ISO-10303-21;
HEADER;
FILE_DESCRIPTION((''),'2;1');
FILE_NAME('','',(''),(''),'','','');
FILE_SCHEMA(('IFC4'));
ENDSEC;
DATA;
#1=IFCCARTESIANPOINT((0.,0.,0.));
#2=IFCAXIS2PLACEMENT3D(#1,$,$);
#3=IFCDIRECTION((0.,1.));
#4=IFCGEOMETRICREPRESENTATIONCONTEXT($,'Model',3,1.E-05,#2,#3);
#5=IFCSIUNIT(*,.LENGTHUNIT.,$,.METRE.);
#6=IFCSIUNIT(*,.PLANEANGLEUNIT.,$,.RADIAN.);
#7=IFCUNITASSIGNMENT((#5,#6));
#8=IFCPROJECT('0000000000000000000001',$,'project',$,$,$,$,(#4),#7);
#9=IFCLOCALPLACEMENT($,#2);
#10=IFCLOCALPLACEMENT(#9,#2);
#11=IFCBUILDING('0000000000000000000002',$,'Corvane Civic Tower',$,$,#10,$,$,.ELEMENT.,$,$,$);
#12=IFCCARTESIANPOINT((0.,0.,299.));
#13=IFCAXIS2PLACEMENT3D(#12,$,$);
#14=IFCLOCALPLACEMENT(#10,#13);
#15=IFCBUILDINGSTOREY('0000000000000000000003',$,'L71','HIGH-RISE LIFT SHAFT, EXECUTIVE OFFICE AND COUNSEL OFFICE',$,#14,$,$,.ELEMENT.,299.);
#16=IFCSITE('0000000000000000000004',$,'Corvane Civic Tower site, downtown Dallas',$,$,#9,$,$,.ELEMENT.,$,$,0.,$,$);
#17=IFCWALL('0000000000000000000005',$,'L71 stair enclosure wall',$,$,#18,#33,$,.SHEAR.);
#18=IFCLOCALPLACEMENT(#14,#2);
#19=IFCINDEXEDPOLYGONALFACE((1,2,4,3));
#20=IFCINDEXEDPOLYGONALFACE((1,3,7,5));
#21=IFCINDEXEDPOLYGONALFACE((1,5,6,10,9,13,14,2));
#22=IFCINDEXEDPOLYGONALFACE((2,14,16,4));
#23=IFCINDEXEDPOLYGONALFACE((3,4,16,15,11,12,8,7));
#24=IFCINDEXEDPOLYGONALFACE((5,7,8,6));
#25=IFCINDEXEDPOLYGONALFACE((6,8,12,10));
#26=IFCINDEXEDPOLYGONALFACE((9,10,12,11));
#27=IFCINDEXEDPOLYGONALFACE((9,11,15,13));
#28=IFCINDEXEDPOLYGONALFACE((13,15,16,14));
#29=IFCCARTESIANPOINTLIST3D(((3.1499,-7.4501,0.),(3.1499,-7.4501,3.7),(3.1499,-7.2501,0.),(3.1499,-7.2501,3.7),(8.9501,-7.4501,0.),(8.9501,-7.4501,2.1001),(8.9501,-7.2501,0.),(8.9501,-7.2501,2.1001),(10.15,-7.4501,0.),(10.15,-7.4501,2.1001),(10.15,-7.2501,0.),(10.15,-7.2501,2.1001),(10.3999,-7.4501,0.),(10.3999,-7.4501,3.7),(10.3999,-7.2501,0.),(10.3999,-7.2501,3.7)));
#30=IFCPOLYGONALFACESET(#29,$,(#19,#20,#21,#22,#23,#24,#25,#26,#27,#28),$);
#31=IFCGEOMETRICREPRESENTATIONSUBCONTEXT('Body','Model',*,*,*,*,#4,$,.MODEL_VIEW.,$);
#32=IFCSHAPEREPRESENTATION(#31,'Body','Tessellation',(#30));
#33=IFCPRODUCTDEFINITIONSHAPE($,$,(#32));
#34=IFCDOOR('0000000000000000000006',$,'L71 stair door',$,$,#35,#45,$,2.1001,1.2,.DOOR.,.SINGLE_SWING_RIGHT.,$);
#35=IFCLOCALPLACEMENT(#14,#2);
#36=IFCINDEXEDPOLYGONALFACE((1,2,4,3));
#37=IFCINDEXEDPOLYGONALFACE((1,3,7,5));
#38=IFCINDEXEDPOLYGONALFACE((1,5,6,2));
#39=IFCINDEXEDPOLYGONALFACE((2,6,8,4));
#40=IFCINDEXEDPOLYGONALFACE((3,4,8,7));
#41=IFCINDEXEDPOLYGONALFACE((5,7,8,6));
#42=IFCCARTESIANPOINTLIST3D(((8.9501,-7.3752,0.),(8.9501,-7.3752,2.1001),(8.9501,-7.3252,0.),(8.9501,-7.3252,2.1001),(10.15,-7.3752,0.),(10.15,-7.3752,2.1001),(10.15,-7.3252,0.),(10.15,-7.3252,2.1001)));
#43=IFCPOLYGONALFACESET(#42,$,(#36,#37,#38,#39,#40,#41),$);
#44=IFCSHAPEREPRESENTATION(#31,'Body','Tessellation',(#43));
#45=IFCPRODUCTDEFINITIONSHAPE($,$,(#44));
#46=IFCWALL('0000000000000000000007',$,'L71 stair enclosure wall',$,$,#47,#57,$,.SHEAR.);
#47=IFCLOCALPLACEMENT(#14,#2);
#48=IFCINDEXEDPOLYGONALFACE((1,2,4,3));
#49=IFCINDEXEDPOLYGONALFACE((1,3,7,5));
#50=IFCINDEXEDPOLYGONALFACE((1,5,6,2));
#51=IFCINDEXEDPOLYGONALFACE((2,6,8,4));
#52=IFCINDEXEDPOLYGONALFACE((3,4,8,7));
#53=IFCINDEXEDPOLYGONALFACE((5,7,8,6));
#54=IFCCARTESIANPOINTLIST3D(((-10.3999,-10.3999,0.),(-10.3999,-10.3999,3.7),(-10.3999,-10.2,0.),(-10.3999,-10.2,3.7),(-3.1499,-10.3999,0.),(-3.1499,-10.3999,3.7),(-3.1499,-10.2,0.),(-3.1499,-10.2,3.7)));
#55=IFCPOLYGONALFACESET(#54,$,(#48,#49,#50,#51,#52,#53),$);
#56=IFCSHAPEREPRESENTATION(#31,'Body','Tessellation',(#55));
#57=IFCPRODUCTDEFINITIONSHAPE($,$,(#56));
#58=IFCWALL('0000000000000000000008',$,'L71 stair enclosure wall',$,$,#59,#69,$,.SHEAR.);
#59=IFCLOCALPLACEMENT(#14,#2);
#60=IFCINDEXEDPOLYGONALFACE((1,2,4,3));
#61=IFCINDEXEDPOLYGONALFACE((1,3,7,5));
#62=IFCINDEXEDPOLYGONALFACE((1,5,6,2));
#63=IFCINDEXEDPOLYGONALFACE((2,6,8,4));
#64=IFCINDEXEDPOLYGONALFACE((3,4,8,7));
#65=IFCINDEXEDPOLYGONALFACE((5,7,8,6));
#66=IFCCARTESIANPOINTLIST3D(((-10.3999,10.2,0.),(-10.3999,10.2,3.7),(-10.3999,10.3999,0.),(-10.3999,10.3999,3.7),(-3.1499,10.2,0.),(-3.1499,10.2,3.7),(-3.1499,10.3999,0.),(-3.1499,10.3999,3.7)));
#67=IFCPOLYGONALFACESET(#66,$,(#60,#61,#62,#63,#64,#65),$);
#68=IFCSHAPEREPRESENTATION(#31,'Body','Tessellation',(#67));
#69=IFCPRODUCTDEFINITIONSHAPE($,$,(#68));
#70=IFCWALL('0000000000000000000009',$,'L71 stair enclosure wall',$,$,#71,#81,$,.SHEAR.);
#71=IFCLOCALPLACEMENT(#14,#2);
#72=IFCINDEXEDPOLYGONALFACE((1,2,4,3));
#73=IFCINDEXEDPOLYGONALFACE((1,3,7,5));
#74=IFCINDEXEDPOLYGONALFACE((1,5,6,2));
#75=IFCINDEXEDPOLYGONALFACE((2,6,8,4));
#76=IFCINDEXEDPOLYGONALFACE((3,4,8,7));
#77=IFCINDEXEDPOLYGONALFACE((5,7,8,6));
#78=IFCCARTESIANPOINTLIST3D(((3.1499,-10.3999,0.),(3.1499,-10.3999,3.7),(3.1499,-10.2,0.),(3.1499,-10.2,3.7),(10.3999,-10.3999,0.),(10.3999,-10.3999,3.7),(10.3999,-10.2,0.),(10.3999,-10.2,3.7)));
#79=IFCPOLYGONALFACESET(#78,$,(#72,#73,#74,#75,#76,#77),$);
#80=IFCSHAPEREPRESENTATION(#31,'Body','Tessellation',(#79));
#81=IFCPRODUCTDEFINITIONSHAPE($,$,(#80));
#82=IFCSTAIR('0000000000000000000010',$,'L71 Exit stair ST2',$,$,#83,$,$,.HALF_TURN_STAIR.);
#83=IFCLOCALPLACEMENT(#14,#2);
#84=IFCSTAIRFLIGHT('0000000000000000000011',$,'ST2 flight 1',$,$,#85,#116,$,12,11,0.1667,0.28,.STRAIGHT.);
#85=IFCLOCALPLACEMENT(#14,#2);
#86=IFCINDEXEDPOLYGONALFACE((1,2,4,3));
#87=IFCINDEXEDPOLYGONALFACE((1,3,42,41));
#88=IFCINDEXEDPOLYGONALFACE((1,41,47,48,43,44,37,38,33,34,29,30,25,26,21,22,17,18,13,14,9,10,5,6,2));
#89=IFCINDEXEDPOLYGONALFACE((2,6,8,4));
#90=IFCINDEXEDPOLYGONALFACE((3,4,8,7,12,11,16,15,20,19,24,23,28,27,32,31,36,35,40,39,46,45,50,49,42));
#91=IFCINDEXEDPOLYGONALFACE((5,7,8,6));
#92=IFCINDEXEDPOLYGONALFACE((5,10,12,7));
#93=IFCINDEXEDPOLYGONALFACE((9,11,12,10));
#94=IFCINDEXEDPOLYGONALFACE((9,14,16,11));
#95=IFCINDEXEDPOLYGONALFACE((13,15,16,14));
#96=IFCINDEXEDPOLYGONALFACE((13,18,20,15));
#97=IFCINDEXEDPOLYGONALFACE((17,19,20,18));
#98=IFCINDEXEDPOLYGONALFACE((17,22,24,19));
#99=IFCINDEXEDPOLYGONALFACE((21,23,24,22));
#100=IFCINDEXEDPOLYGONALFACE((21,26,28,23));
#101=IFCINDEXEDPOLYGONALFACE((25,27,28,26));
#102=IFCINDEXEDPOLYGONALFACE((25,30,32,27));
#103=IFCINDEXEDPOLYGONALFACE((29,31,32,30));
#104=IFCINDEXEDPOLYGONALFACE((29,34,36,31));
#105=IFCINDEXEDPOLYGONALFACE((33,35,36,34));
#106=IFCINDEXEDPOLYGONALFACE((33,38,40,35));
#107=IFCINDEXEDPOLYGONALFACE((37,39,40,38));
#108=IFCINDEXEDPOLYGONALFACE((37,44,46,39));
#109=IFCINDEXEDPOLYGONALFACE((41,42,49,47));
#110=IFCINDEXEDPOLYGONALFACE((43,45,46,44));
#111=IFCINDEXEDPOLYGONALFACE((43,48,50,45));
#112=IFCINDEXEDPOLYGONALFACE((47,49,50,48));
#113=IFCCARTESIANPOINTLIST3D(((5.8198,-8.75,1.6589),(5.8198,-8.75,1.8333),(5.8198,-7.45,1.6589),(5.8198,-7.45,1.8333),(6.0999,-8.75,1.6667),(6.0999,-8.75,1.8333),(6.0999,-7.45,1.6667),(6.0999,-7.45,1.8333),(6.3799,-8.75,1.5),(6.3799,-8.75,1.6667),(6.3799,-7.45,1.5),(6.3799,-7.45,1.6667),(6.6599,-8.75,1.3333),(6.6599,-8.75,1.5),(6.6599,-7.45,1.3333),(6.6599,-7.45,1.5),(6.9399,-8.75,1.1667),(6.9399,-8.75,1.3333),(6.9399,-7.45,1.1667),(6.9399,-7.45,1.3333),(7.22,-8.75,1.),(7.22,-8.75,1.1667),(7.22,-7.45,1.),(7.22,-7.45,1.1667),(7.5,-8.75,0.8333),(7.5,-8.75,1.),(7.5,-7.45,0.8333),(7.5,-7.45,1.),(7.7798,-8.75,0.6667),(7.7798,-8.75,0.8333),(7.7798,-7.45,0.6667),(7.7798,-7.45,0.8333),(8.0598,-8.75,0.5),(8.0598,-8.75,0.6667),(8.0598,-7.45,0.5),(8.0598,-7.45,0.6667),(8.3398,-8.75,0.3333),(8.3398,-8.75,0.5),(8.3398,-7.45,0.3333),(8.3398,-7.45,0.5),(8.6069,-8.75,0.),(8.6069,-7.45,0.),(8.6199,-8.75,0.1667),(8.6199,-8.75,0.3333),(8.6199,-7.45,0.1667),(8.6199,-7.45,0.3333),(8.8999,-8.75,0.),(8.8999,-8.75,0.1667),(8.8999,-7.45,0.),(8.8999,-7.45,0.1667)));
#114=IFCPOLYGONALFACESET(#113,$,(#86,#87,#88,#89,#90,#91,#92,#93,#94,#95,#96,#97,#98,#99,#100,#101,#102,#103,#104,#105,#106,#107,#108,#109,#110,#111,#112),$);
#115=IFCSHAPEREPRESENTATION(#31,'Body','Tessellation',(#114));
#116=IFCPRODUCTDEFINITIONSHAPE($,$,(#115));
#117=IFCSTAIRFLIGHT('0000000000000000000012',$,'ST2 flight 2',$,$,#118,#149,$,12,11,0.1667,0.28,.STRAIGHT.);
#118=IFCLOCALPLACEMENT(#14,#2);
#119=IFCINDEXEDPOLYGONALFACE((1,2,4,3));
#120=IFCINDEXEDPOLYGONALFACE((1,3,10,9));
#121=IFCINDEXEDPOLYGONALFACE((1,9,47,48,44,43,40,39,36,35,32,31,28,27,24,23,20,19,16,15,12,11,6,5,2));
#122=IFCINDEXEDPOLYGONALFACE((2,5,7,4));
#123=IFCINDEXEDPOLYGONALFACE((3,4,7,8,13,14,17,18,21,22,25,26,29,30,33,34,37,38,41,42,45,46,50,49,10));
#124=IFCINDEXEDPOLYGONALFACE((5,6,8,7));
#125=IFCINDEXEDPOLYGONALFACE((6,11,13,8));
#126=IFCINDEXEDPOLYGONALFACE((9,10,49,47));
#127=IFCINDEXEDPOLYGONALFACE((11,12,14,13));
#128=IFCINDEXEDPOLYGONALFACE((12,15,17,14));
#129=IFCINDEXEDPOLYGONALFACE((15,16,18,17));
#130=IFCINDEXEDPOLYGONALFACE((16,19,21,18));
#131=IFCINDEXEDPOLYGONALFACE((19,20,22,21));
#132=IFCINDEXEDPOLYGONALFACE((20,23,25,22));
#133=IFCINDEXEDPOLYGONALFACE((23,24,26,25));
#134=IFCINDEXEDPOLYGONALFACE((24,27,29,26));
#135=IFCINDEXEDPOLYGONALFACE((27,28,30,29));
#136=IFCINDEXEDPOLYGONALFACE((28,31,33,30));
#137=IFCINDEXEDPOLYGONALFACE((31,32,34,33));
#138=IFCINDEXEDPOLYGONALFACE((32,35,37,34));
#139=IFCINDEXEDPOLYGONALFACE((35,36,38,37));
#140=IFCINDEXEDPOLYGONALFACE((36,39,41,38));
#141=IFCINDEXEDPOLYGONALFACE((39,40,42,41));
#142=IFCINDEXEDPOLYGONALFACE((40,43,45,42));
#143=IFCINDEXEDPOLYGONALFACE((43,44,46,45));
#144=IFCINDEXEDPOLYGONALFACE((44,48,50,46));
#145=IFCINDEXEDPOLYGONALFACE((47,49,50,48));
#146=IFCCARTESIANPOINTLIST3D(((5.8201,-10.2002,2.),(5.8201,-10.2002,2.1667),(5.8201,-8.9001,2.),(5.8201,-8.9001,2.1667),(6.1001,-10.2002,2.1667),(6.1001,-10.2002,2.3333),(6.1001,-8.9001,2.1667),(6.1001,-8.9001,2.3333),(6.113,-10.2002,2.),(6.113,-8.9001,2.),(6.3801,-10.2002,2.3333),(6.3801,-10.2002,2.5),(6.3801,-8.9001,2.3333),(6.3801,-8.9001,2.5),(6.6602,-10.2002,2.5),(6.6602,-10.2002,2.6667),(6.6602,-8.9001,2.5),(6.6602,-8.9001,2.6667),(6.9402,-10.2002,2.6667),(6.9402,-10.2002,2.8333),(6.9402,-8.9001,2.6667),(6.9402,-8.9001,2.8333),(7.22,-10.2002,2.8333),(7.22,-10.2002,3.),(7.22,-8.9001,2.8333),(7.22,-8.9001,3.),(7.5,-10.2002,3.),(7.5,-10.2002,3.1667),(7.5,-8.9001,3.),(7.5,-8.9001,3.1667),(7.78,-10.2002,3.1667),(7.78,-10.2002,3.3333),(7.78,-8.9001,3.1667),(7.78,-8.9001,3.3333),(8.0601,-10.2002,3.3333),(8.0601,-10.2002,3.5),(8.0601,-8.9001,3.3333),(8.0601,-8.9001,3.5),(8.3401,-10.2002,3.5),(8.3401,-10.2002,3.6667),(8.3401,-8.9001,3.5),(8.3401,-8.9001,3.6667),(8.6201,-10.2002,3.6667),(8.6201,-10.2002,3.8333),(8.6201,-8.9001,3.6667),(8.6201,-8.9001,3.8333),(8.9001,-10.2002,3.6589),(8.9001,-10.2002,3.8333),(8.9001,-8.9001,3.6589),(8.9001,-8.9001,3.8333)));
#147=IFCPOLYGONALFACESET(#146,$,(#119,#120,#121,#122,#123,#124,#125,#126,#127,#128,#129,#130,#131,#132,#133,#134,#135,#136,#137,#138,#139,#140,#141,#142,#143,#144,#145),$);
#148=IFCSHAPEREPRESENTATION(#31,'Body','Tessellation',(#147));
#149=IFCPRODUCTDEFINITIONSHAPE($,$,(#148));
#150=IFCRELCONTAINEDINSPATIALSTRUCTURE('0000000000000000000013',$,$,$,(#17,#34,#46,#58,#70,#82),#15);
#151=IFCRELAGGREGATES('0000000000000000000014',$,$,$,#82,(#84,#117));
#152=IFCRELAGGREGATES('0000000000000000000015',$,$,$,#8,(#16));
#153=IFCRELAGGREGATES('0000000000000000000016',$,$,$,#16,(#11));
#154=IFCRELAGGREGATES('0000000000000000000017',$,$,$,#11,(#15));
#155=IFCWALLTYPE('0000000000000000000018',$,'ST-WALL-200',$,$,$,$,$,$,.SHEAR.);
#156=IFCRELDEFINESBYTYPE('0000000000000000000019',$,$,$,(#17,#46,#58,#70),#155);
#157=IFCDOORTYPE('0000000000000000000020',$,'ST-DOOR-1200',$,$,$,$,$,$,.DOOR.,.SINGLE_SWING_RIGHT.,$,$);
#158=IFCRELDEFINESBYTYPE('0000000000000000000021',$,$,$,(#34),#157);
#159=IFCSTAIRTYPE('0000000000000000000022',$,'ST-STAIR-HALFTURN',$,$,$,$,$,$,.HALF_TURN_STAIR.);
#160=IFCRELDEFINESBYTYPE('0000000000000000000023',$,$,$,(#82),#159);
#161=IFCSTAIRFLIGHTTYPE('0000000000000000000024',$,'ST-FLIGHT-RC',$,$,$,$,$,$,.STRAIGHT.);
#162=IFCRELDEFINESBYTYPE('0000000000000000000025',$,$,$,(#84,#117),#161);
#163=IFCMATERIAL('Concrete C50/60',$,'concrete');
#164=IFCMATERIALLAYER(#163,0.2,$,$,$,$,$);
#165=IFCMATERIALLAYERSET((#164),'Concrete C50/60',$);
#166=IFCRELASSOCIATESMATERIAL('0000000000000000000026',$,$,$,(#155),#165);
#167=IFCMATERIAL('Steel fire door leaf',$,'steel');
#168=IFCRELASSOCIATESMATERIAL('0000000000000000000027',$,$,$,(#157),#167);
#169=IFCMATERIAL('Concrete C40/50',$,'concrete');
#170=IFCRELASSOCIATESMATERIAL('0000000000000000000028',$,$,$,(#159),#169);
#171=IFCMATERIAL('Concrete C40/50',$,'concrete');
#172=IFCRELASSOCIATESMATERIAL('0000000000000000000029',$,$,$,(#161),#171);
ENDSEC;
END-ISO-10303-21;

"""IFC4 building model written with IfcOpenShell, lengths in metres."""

from ifc_helpers import new_model, si_unit, direction, frame, frame_2d, origin, place, context, subcontext, project, spatial, polyline, rectangle, outline, extrude, material, layer, layer_set, type_object, element, fill, aggregate, save


model = new_model("IFC4")

# Units and contexts
model_context = context("Model", 3, precision=1e-05, world=origin(), true_north=direction((0.0, 1.0)))
body_context = subcontext(model_context, "Body", "Model", "MODEL_VIEW")
ifc_project = project(units=[si_unit("LENGTHUNIT", "METRE"), si_unit("PLANEANGLEUNIT", "RADIAN")], contexts=[model_context])

# Site, building, storey
site_placement = place(None, origin())
site = spatial("IfcSite", under=ifc_project, at=site_placement, Name="Corvane Civic Tower site, downtown Dallas", CompositionType="ELEMENT", RefElevation=0.0)
building_placement = place(site_placement, origin())
building = spatial("IfcBuilding", under=site, at=building_placement, Name="Corvane Civic Tower", CompositionType="ELEMENT")
storey_placement = place(building_placement, frame((0.0, 0.0, 299.0)))
storey = spatial("IfcBuildingStorey", under=building, at=storey_placement, Name="L71", Description="HIGH-RISE LIFT SHAFT, EXECUTIVE OFFICE AND COUNSEL OFFICE", CompositionType="ELEMENT", Elevation=299.0)

# Wall, opening, door
ifc_material_1 = material(Name="Concrete C50/60", Category="concrete")
ifc_layer_1 = layer(ifc_material_1, 0.2)
ifc_layer_set_1 = layer_set([ifc_layer_1], Name="Concrete C50/60")
wall_type_1 = type_object("IfcWallType", Name="ST-WALL-200", PredefinedType="SHEAR", material=ifc_layer_set_1)
wall_1_placement = place(storey_placement, frame((3.1499, -7.3501, 0.0), z_axis=(0.0, 0.0, 1.0), x_axis=(1.0, 0.0, 0.0)))
wall_1 = element("IfcWall", 1, at=wall_1_placement, inside=storey, type_object=wall_type_1, Name="L71 stair enclosure wall", PredefinedType="SHEAR", context=body_context, shape_type="SweptSolid", body=[
    extrude(rectangle(XDim=7.25, YDim=0.2, at=frame_2d((3.625, 0.0))), origin(), (0.0, 0.0, 1.0), 3.7),
])
opening_1_placement = place(wall_1_placement, frame((5.8, 0.0, 0.0)))
opening_1 = element("IfcOpeningElement", 2, at=opening_1_placement, cuts=wall_1, PredefinedType="OPENING", context=body_context, shape_type="SweptSolid", body=[
    extrude(rectangle(XDim=1.2, YDim=2.1001, at=frame_2d((0.6001, 1.05))), frame((0.0, 0.1099, 0.0), z_axis=(0.0, -1.0, 0.0), x_axis=(1.0, 0.0, 0.0)), (0.0, 0.0, 1.0), 0.22),
])
ifc_material_2 = material(Name="Steel fire door leaf", Category="steel")
door_type_1 = type_object("IfcDoorType", Name="ST-DOOR-1200", OperationType="SINGLE_SWING_RIGHT", PredefinedType="DOOR", material=ifc_material_2)
door_1_placement = place(opening_1_placement, origin())
door_1 = element("IfcDoor", 3, at=door_1_placement, inside=storey, type_object=door_type_1, Name="L71 stair door", OperationType="SINGLE_SWING_RIGHT", OverallHeight=2.1001, OverallWidth=1.2, PredefinedType="DOOR", context=body_context, shape_type="SweptSolid", body=[
    extrude(rectangle(XDim=1.2, YDim=2.1001, at=frame_2d((0.6001, 1.05))), frame((0.0, 0.0249, 0.0), z_axis=(0.0, -1.0, 0.0), x_axis=(1.0, 0.0, 0.0)), (0.0, 0.0, 1.0), 0.05),
])
fill(opening_1, door_1)

# Walls
wall_2_placement = place(storey_placement, origin())
element("IfcWall", 4, at=wall_2_placement, inside=storey, type_object=wall_type_1, Name="L71 stair enclosure wall", PredefinedType="SHEAR", context=body_context, shape_type="SweptSolid", body=[
    extrude(outline(polyline([(-3.1499, -10.2), (-3.1499, -10.3999), (-10.3999, -10.3999), (-10.3999, -10.2), (-3.1499, -10.2)])), origin(), (0.0, 0.0, 1.0), 3.7),
])
wall_3_placement = place(storey_placement, origin())
element("IfcWall", 5, at=wall_3_placement, inside=storey, type_object=wall_type_1, Name="L71 stair enclosure wall", PredefinedType="SHEAR", context=body_context, shape_type="SweptSolid", body=[
    extrude(outline(polyline([(-3.1499, 10.2), (-10.3999, 10.2), (-10.3999, 10.3999), (-3.1499, 10.3999), (-3.1499, 10.2)])), origin(), (0.0, 0.0, 1.0), 3.7),
])
wall_4_placement = place(storey_placement, origin())
element("IfcWall", 6, at=wall_4_placement, inside=storey, type_object=wall_type_1, Name="L71 stair enclosure wall", PredefinedType="SHEAR", context=body_context, shape_type="SweptSolid", body=[
    extrude(outline(polyline([(10.3999, -10.3999), (3.1499, -10.3999), (3.1499, -10.2), (10.3999, -10.2), (10.3999, -10.3999)])), origin(), (0.0, 0.0, 1.0), 3.7),
])

# Stair, stair flights
ifc_material_3 = material(Name="Concrete C40/50", Category="concrete")
stair_type = type_object("IfcStairType", Name="ST-STAIR-HALFTURN", PredefinedType="HALF_TURN_STAIR", material=ifc_material_3)
stair_placement = place(storey_placement, origin())
stair = element("IfcStair", 7, at=stair_placement, inside=storey, type_object=stair_type, Name="L71 Exit stair ST2", PredefinedType="HALF_TURN_STAIR")
ifc_material_4 = material(Name="Concrete C40/50", Category="concrete")
stair_flight_type = type_object("IfcStairFlightType", Name="ST-FLIGHT-RC", PredefinedType="STRAIGHT", material=ifc_material_4)
stair_flight_1_placement = place(storey_placement, frame((8.8999, -8.1001, 0.0), z_axis=(0.0, 0.0, 1.0), x_axis=(-1.0, 0.0, 0.0)))
stair_flight_1 = element("IfcStairFlight", 8, at=stair_flight_1_placement, type_object=stair_flight_type, Name="ST2 flight 1", NumberOfRisers=12, NumberOfTreads=11, PredefinedType="STRAIGHT", RiserHeight=0.1667, TreadLength=0.28, context=body_context, shape_type="SweptSolid", body=[
    extrude(outline(polyline([(0.0, 0.0), (0.0, 0.1667), (0.28, 0.1667), (0.28, 0.3333), (0.5601, 0.3333), (0.5601, 0.5), (0.8401, 0.5), (0.8401, 0.6667), (1.1201, 0.6667), (1.1201, 0.8333), (1.3999, 0.8333), (1.3999, 1.0), (1.6799, 1.0), (1.6799, 1.1667), (1.96, 1.1667), (1.96, 1.3333), (2.24, 1.3333), (2.24, 1.5), (2.52, 1.5), (2.52, 1.6667), (2.8, 1.6667), (2.8, 1.8333), (3.0801, 1.8333), (3.0801, 2.0), (3.0801, 1.6589), (0.293, 0.0), (0.0, 0.0)])), frame((0.0, 0.6499, 0.0), z_axis=(0.0, -1.0, 0.0), x_axis=(1.0, 0.0, 0.0)), (0.0, 0.0, 1.0), 1.3),
])
stair_flight_2_placement = place(storey_placement, frame((5.8201, -9.55, 2.0), z_axis=(0.0, 0.0, 1.0), x_axis=(1.0, 0.0, 0.0)))
stair_flight_2 = element("IfcStairFlight", 9, at=stair_flight_2_placement, type_object=stair_flight_type, Name="ST2 flight 2", NumberOfRisers=12, NumberOfTreads=11, PredefinedType="STRAIGHT", RiserHeight=0.1667, TreadLength=0.28, context=body_context, shape_type="SweptSolid", body=[
    extrude(outline(polyline([(0.0, 0.0), (0.0, 0.1667), (0.28, 0.1667), (0.28, 0.3333), (0.5601, 0.3333), (0.5601, 0.5), (0.8401, 0.5), (0.8401, 0.6667), (1.1201, 0.6667), (1.1201, 0.8333), (1.3999, 0.8333), (1.3999, 1.0), (1.6799, 1.0), (1.6799, 1.1667), (1.96, 1.1667), (1.96, 1.3333), (2.24, 1.3333), (2.24, 1.5), (2.52, 1.5), (2.52, 1.6667), (2.8, 1.6667), (2.8, 1.8333), (3.0801, 1.8333), (3.0801, 2.0), (3.0801, 1.6589), (0.293, 0.0), (0.0, 0.0)])), frame((0.0, 0.6499, 0.0), z_axis=(0.0, -1.0, 0.0), x_axis=(1.0, 0.0, 0.0)), (0.0, 0.0, 1.0), 1.3),
])
aggregate(stair, [stair_flight_1, stair_flight_2])

save(model, "model.ifc")
